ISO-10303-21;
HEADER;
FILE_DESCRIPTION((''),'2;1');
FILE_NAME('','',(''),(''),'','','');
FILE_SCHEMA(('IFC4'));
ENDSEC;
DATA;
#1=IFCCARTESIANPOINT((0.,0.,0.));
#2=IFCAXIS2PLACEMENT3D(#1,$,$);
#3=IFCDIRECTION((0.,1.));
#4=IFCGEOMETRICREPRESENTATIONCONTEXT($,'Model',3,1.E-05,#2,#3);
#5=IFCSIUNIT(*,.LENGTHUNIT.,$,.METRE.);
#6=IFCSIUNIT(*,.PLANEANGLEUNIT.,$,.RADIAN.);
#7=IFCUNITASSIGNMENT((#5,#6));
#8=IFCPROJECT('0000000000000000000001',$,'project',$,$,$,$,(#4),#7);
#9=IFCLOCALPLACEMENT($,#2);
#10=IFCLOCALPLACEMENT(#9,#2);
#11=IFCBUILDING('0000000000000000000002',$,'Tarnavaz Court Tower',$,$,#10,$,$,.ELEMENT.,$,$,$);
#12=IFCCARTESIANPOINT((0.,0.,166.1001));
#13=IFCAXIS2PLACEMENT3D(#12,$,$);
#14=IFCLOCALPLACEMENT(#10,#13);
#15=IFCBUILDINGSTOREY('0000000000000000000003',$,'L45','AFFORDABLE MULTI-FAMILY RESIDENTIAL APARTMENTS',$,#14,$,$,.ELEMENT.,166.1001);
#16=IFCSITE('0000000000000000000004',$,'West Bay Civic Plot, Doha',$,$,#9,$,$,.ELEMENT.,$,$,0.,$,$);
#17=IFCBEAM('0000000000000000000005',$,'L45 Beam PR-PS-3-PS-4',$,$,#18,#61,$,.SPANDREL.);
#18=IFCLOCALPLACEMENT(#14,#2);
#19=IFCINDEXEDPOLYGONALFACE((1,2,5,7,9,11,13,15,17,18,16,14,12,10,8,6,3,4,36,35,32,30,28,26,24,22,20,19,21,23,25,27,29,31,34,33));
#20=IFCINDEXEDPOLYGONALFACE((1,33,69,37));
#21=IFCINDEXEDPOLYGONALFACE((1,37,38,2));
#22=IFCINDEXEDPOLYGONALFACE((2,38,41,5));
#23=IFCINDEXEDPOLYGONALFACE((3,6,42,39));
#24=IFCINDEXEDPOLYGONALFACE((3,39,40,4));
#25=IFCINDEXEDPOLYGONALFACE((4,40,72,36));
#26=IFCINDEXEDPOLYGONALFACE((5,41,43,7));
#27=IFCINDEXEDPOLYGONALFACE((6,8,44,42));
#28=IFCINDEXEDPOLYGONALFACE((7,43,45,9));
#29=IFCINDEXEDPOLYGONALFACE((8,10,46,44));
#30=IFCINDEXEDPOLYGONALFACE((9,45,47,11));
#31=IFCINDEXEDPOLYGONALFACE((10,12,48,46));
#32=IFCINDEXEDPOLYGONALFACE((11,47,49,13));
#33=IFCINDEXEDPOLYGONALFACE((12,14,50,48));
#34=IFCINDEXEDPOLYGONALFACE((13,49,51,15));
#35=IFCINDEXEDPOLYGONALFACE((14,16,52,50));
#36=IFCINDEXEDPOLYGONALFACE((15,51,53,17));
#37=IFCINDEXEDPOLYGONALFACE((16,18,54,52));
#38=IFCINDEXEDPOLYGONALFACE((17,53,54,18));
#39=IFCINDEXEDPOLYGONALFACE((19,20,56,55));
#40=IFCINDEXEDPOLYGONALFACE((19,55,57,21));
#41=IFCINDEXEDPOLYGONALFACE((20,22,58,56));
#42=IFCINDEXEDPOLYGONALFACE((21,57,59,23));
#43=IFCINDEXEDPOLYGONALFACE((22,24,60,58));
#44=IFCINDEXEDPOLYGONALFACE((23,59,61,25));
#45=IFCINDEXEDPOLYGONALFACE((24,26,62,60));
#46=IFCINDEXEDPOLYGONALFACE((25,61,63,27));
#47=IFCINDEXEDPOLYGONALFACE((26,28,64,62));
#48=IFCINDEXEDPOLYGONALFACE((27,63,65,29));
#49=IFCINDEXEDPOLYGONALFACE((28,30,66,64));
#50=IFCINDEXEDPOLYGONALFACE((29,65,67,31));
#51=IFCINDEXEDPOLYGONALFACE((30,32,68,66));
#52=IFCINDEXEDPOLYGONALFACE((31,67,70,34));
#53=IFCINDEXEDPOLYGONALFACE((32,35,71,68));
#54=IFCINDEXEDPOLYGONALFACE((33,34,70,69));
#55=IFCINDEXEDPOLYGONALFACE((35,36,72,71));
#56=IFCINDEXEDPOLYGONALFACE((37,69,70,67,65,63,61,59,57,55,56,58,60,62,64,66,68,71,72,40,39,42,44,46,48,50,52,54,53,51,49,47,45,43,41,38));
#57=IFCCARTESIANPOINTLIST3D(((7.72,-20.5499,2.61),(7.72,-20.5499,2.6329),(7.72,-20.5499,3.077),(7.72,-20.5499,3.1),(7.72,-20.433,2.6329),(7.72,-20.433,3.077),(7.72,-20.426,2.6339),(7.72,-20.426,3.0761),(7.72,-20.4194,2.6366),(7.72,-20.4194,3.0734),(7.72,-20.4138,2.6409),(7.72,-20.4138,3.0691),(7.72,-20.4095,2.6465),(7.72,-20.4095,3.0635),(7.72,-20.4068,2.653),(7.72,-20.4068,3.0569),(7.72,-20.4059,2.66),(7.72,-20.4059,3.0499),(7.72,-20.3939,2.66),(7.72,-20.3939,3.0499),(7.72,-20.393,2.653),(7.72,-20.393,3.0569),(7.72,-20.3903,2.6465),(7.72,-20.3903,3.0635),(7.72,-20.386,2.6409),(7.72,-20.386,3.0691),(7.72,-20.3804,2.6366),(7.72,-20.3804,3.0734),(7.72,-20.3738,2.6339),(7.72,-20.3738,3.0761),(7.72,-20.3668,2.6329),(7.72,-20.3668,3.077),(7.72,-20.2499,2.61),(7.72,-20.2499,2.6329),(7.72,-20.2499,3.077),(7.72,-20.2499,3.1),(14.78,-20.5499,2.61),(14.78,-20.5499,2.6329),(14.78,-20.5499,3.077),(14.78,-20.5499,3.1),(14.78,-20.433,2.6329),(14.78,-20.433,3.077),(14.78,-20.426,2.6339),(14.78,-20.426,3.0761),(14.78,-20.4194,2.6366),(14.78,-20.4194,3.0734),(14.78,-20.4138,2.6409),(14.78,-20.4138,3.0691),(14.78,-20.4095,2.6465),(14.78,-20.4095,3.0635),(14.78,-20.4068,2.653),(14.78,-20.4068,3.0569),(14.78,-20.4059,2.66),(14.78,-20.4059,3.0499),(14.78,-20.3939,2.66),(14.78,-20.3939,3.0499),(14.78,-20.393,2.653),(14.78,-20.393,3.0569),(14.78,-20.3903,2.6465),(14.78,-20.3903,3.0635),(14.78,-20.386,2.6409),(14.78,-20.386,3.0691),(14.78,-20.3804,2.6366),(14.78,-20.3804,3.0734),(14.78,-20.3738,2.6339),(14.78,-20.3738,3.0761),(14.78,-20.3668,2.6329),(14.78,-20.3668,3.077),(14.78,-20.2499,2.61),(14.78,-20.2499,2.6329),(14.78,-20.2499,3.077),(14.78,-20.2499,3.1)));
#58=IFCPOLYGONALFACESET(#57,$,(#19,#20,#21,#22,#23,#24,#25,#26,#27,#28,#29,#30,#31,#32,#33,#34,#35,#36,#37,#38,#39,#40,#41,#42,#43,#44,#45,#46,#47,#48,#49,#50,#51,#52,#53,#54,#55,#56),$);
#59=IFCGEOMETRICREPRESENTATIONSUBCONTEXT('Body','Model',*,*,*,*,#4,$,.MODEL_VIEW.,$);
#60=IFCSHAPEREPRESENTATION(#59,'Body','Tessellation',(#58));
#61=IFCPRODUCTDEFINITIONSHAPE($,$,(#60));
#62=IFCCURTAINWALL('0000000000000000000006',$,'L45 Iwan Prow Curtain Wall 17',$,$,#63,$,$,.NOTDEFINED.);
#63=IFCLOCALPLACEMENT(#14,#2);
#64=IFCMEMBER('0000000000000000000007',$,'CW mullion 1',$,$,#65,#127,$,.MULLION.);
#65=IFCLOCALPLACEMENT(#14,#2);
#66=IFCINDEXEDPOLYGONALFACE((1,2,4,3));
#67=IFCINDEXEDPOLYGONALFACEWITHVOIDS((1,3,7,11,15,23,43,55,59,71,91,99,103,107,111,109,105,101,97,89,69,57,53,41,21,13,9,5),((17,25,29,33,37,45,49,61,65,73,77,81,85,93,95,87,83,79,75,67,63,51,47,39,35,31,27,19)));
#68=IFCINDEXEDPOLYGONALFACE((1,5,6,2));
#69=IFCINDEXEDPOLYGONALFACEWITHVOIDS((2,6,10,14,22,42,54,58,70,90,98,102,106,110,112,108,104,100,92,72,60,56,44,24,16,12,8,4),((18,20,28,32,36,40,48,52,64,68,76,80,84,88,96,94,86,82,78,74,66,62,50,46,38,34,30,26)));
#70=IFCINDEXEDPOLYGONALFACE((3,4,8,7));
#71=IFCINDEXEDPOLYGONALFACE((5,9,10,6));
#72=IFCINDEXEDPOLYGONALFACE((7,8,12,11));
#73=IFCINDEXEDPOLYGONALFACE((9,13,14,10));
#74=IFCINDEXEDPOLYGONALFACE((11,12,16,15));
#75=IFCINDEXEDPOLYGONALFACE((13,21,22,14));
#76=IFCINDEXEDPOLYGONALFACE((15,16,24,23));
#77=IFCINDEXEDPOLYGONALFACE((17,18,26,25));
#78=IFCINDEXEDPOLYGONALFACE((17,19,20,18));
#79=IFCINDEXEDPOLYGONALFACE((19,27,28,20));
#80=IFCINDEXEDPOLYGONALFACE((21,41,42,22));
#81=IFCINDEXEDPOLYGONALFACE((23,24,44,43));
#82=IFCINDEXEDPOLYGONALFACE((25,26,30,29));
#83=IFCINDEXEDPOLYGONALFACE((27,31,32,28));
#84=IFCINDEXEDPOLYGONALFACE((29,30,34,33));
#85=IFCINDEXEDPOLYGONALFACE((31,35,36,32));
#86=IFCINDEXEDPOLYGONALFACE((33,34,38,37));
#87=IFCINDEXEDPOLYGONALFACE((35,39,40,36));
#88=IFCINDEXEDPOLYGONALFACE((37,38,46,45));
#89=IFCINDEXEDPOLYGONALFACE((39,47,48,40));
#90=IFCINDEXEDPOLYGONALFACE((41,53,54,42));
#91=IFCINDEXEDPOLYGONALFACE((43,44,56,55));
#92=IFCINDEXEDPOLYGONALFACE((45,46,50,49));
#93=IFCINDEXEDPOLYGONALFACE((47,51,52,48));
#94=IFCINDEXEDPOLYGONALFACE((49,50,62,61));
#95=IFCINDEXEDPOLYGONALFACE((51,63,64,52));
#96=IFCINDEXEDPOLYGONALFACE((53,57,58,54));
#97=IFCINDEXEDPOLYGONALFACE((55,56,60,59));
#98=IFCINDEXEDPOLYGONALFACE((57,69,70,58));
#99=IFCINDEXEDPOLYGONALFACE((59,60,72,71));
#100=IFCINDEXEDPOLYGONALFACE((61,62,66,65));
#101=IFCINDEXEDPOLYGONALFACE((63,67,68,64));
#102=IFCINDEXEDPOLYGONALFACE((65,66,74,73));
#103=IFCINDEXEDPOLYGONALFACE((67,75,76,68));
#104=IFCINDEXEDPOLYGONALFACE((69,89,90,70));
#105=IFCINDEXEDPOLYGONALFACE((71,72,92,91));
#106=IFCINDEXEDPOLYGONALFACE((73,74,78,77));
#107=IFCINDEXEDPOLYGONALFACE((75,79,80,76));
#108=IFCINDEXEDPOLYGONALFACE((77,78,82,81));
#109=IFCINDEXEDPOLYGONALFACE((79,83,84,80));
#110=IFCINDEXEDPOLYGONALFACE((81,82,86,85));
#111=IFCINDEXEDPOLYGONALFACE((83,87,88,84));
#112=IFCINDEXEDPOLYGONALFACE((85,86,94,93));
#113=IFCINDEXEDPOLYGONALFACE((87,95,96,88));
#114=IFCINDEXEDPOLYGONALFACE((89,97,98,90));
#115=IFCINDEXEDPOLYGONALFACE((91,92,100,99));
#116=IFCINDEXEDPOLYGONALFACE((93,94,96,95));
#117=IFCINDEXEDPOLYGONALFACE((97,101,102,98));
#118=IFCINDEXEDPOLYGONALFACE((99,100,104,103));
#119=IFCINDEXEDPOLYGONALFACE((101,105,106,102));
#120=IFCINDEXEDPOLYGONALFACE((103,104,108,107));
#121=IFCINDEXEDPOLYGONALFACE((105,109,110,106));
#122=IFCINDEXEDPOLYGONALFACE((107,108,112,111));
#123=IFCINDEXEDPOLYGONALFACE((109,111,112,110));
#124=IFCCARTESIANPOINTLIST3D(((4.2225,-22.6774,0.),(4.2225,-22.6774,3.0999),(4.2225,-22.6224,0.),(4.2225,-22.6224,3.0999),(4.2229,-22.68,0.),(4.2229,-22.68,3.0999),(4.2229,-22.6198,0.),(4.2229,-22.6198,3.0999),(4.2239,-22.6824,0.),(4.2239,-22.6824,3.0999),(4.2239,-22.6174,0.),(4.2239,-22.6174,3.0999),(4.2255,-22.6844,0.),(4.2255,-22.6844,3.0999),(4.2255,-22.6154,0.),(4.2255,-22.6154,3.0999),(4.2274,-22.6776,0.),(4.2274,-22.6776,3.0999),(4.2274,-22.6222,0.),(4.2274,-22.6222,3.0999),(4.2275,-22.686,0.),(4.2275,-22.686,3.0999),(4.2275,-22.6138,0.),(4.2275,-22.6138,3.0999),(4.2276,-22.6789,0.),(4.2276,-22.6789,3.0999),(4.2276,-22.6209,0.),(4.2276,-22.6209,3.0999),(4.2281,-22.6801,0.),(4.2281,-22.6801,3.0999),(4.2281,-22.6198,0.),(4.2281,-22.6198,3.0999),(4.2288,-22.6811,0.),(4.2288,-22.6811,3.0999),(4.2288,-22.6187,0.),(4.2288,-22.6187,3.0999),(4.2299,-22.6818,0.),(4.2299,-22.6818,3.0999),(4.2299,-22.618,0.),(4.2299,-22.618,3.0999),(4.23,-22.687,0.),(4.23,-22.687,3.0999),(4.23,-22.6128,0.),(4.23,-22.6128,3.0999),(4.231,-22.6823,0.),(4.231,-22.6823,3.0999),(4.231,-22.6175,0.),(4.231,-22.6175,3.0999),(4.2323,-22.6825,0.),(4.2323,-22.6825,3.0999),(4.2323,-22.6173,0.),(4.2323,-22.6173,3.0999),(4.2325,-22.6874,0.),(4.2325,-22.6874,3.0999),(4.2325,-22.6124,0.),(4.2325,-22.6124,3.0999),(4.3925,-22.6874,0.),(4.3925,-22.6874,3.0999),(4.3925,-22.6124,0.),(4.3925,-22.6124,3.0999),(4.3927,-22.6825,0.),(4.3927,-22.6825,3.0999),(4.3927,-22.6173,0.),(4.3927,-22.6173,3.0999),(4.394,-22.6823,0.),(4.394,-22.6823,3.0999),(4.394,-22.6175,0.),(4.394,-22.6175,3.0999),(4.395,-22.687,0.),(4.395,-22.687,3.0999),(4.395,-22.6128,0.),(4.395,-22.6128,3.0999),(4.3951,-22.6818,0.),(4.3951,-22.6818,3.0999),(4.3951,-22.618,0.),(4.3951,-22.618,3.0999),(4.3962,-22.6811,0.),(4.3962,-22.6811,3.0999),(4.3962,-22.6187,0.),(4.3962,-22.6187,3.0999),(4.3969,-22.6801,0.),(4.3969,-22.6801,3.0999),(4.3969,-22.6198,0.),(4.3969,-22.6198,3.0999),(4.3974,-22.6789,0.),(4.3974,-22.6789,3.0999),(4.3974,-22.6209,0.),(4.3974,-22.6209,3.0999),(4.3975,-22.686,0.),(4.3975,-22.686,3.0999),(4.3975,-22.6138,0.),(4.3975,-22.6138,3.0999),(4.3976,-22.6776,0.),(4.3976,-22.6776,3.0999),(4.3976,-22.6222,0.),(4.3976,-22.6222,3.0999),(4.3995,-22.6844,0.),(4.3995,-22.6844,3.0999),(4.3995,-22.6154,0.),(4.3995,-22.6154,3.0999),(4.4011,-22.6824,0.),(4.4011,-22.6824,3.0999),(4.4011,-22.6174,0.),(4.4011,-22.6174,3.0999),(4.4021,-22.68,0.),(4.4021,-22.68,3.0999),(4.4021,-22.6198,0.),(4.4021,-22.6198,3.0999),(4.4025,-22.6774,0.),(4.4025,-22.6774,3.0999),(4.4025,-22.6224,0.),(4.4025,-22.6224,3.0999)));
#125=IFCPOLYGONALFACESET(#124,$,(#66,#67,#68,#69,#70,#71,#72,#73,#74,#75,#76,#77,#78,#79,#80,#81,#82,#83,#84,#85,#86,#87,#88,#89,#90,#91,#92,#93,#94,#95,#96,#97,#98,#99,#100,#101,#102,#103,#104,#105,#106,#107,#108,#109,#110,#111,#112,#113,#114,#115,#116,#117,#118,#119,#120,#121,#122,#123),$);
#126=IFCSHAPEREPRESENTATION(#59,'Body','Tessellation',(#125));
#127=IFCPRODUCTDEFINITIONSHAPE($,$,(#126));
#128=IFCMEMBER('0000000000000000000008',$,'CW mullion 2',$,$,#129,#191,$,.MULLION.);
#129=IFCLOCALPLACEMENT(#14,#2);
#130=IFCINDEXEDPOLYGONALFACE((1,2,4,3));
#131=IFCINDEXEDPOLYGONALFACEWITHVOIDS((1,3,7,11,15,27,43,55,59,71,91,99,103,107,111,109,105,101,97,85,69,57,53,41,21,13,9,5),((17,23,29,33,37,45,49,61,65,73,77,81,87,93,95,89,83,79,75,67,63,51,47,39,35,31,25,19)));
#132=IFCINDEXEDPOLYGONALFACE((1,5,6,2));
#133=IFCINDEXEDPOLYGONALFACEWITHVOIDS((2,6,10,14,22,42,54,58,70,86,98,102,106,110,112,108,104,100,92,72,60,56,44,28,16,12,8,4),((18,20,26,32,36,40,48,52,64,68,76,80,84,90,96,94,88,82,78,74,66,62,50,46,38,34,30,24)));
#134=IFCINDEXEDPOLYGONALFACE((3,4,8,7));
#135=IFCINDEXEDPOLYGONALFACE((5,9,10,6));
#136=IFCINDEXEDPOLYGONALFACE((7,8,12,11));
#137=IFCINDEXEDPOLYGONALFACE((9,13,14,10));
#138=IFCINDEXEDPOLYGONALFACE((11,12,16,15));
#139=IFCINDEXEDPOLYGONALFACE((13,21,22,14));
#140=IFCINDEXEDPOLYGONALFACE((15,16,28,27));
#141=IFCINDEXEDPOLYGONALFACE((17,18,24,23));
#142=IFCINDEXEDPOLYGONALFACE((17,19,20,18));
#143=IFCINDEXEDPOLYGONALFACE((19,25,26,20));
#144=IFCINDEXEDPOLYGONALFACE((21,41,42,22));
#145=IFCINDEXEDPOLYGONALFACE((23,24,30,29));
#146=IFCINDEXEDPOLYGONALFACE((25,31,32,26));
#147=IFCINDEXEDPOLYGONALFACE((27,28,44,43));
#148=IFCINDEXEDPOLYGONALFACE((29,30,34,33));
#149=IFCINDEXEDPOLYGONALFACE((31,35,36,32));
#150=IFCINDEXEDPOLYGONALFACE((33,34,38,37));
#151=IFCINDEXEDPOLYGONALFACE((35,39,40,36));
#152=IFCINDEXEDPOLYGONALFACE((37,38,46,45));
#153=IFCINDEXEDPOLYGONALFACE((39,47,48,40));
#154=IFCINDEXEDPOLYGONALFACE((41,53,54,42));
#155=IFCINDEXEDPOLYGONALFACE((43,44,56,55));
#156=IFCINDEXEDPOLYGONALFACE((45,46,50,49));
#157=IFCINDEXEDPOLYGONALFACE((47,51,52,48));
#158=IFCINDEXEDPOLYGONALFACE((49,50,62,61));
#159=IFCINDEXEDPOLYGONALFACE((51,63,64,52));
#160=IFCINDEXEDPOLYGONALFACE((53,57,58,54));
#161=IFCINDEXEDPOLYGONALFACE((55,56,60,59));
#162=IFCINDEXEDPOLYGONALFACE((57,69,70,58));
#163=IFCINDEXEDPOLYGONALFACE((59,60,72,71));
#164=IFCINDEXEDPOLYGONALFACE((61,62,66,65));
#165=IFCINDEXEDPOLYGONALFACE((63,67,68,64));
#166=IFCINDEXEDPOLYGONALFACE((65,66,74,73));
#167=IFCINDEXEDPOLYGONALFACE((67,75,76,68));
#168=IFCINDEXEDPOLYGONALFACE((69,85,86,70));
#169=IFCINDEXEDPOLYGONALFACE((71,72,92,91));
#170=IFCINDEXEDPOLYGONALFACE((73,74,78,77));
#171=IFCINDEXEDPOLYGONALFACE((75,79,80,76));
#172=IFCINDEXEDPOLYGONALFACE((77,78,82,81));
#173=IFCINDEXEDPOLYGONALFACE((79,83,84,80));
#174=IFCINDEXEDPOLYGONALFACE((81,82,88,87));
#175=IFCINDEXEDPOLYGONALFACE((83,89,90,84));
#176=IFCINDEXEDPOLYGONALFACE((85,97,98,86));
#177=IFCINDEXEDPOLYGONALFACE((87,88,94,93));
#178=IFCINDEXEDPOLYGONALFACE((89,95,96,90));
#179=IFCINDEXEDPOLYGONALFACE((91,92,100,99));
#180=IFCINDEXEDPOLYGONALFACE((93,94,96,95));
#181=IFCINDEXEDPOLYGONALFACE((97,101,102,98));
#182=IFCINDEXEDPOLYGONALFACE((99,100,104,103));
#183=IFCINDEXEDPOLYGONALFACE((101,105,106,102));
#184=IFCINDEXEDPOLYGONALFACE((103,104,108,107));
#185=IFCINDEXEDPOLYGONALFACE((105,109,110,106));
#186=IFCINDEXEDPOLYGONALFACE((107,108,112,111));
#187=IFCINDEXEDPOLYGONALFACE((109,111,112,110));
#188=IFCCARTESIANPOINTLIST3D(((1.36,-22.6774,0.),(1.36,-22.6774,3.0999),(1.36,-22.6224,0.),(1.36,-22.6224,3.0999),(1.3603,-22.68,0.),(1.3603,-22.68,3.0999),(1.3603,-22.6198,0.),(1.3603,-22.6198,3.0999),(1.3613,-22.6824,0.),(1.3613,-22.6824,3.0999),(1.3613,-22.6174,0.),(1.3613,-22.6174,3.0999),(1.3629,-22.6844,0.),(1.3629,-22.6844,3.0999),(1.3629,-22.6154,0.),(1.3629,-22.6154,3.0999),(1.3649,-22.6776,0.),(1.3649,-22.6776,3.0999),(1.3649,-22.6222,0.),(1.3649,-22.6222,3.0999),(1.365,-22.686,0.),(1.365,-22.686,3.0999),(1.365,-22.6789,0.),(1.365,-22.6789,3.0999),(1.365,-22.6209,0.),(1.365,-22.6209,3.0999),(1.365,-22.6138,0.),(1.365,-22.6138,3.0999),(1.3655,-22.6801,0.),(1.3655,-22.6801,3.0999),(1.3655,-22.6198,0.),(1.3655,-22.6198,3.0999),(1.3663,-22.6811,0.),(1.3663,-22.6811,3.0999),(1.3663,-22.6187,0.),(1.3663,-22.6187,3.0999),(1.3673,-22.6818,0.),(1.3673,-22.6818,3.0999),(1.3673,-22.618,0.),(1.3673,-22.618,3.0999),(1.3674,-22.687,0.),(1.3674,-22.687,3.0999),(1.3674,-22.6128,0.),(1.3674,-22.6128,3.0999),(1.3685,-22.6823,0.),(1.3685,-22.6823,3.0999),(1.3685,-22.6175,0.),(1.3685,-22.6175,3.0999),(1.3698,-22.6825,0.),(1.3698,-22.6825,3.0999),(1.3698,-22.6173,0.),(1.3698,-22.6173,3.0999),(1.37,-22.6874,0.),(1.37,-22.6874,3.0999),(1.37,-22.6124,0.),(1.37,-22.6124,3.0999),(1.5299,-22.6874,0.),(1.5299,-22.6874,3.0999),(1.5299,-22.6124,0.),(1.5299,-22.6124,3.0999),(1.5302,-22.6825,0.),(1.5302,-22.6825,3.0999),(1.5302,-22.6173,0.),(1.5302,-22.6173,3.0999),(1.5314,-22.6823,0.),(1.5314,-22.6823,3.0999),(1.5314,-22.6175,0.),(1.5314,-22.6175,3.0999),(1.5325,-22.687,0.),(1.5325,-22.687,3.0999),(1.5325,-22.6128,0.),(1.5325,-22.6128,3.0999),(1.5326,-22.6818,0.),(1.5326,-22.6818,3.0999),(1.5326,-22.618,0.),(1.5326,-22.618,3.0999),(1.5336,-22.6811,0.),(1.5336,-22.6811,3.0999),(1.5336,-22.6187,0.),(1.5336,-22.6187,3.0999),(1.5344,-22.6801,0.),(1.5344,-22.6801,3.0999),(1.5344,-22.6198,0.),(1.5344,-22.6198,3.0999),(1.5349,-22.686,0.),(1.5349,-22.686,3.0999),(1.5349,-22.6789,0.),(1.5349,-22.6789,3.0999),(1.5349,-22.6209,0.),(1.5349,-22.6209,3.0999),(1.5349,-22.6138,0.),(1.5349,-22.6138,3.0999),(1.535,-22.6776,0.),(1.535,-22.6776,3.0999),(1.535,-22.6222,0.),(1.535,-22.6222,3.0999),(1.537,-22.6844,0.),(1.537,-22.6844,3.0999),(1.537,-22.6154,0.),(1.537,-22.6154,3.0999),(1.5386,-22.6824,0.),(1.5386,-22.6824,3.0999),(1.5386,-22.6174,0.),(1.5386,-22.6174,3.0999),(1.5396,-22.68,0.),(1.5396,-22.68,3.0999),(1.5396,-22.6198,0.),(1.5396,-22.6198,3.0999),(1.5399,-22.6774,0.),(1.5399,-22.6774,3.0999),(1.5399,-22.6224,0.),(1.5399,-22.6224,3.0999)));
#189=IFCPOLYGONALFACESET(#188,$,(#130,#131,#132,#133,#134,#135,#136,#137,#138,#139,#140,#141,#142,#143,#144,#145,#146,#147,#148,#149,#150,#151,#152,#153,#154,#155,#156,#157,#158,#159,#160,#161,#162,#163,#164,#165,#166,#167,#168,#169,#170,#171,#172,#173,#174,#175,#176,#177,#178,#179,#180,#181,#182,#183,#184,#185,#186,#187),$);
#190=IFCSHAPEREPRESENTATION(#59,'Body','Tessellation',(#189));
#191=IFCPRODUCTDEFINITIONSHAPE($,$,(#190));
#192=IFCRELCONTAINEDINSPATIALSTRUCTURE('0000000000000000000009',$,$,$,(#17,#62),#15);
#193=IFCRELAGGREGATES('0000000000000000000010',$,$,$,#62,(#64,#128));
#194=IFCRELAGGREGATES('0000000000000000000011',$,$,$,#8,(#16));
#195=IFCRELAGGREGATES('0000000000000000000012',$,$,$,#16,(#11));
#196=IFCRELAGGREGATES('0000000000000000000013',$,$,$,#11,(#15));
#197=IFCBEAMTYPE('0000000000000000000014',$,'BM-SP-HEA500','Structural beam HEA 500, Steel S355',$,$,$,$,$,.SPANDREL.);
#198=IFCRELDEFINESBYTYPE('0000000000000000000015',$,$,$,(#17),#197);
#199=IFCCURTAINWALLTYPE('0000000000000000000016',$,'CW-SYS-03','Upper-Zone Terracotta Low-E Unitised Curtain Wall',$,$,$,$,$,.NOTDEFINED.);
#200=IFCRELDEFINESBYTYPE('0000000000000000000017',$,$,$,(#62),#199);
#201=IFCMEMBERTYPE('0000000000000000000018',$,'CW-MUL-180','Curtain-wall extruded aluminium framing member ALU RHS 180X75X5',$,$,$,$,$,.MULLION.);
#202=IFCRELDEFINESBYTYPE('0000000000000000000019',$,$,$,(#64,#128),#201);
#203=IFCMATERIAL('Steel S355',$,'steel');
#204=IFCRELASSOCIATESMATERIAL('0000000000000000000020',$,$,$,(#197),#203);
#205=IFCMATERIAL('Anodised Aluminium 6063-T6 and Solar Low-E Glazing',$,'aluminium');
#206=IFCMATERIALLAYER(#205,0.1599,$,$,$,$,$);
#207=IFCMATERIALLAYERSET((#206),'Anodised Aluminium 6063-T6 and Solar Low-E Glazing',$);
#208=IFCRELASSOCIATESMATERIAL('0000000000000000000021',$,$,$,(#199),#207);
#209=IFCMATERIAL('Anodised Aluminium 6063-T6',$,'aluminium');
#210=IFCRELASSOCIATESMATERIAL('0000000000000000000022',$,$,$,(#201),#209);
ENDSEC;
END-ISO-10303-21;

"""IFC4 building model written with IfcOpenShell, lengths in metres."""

from ifc_helpers import new_model, si_unit, direction, frame, origin, origin_2d, place, context, subcontext, project, spatial, hollow_rectangle, i_section, extrude, material, layer, layer_set, material_profile, profile_set, type_object, element, aggregate, save


model = new_model("IFC4")

# Units and contexts
model_context = context("Model", 3, precision=1e-05, world=origin(), true_north=direction((0.0, 1.0)))
body_context = subcontext(model_context, "Body", "Model", "MODEL_VIEW")
ifc_project = project(units=[si_unit("LENGTHUNIT", "METRE"), si_unit("PLANEANGLEUNIT", "RADIAN")], contexts=[model_context])

# Site, building, storey
site_placement = place(None, origin())
site = spatial("IfcSite", under=ifc_project, at=site_placement, Name="West Bay Civic Plot, Doha", CompositionType="ELEMENT", RefElevation=0.0)
building_placement = place(site_placement, origin())
building = spatial("IfcBuilding", under=site, at=building_placement, Name="Tarnavaz Court Tower", CompositionType="ELEMENT")
storey_placement = place(building_placement, frame((0.0, 0.0, 166.1001)))
storey = spatial("IfcBuildingStorey", under=building, at=storey_placement, Name="L45", Description="AFFORDABLE MULTI-FAMILY RESIDENTIAL APARTMENTS", CompositionType="ELEMENT", Elevation=166.1001)

# Beam
ifc_material_1 = material(Name="Steel S355", Category="steel")
ifc_material_profile_1 = material_profile(ifc_material_1, i_section(OverallWidth=0.3, OverallDepth=0.49, WebThickness=0.012, FlangeThickness=0.0229, FilletRadius=0.0271, at=origin_2d()), Name="HEA 500")
ifc_profile_set_1 = profile_set([ifc_material_profile_1], Name="Steel S355")
beam_type_1 = type_object("IfcBeamType", Name="BM-SP-HEA500", Description="Structural beam HEA 500, Steel S355", PredefinedType="SPANDREL", material=ifc_profile_set_1)
beam_placement = place(storey_placement, frame((7.72, -20.3999, 2.855), z_axis=(1.0, 0.0, 0.0), x_axis=(0.0, 1.0, 0.0)))
element("IfcBeam", 1, at=beam_placement, inside=storey, type_object=beam_type_1, Name="L45 Beam PR-PS-3-PS-4", PredefinedType="SPANDREL", context=body_context, shape_type="SweptSolid", body=[
    extrude(i_section(OverallWidth=0.3, OverallDepth=0.49, WebThickness=0.012, FlangeThickness=0.0229, FilletRadius=0.0271, at=origin_2d()), origin(), (0.0, 0.0, 1.0), 7.0601),
])

# Curtain wall, members
ifc_material_2 = material(Name="Anodised Aluminium 6063-T6 and Solar Low-E Glazing", Category="aluminium")
ifc_layer_1 = layer(ifc_material_2, 0.1599)
ifc_layer_set_1 = layer_set([ifc_layer_1], Name="Anodised Aluminium 6063-T6 and Solar Low-E Glazing")
curtain_wall_type = type_object("IfcCurtainWallType", Name="CW-SYS-03", Description="Upper-Zone Terracotta Low-E Unitised Curtain Wall", PredefinedType="NOTDEFINED", material=ifc_layer_set_1)
curtain_wall_placement = place(storey_placement, origin())
curtain_wall = element("IfcCurtainWall", 2, at=curtain_wall_placement, inside=storey, type_object=curtain_wall_type, Name="L45 Iwan Prow Curtain Wall 17", PredefinedType="NOTDEFINED")
ifc_material_3 = material(Name="Anodised Aluminium 6063-T6", Category="aluminium")
ifc_material_profile_2 = material_profile(ifc_material_3, hollow_rectangle(XDim=0.075, YDim=0.1799, WallThickness=0.0049, InnerFilletRadius=0.0049, OuterFilletRadius=0.01, at=origin_2d()), Name="ALU RHS 180X75X5")
ifc_profile_set_2 = profile_set([ifc_material_profile_2], Name="Anodised Aluminium 6063-T6")
member_type_1 = type_object("IfcMemberType", Name="CW-MUL-180", Description="Curtain-wall extruded aluminium framing member ALU RHS 180X75X5", PredefinedType="MULLION", material=ifc_profile_set_2)
member_1_placement = place(storey_placement, frame((4.3125, -22.6499, 0.0), z_axis=(0.0, 0.0, 1.0), x_axis=(0.0, -1.0, 0.0)))
member_1 = element("IfcMember", 3, at=member_1_placement, type_object=member_type_1, Name="CW mullion 1", PredefinedType="MULLION", context=body_context, shape_type="SweptSolid", body=[
    extrude(hollow_rectangle(XDim=0.075, YDim=0.1799, WallThickness=0.0049, InnerFilletRadius=0.0049, OuterFilletRadius=0.01, at=origin_2d()), origin(), (0.0, 0.0, 1.0), 3.0999),
])
member_2_placement = place(storey_placement, frame((1.45, -22.6499, 0.0), z_axis=(0.0, 0.0, 1.0), x_axis=(0.0, -1.0, 0.0)))
member_2 = element("IfcMember", 4, at=member_2_placement, type_object=member_type_1, Name="CW mullion 2", PredefinedType="MULLION", context=body_context, shape_type="SweptSolid", body=[
    extrude(hollow_rectangle(XDim=0.075, YDim=0.1799, WallThickness=0.0049, InnerFilletRadius=0.0049, OuterFilletRadius=0.01, at=origin_2d()), origin(), (0.0, 0.0, 1.0), 3.0999),
])
aggregate(curtain_wall, [member_1, member_2])

save(model, "model.ifc")
